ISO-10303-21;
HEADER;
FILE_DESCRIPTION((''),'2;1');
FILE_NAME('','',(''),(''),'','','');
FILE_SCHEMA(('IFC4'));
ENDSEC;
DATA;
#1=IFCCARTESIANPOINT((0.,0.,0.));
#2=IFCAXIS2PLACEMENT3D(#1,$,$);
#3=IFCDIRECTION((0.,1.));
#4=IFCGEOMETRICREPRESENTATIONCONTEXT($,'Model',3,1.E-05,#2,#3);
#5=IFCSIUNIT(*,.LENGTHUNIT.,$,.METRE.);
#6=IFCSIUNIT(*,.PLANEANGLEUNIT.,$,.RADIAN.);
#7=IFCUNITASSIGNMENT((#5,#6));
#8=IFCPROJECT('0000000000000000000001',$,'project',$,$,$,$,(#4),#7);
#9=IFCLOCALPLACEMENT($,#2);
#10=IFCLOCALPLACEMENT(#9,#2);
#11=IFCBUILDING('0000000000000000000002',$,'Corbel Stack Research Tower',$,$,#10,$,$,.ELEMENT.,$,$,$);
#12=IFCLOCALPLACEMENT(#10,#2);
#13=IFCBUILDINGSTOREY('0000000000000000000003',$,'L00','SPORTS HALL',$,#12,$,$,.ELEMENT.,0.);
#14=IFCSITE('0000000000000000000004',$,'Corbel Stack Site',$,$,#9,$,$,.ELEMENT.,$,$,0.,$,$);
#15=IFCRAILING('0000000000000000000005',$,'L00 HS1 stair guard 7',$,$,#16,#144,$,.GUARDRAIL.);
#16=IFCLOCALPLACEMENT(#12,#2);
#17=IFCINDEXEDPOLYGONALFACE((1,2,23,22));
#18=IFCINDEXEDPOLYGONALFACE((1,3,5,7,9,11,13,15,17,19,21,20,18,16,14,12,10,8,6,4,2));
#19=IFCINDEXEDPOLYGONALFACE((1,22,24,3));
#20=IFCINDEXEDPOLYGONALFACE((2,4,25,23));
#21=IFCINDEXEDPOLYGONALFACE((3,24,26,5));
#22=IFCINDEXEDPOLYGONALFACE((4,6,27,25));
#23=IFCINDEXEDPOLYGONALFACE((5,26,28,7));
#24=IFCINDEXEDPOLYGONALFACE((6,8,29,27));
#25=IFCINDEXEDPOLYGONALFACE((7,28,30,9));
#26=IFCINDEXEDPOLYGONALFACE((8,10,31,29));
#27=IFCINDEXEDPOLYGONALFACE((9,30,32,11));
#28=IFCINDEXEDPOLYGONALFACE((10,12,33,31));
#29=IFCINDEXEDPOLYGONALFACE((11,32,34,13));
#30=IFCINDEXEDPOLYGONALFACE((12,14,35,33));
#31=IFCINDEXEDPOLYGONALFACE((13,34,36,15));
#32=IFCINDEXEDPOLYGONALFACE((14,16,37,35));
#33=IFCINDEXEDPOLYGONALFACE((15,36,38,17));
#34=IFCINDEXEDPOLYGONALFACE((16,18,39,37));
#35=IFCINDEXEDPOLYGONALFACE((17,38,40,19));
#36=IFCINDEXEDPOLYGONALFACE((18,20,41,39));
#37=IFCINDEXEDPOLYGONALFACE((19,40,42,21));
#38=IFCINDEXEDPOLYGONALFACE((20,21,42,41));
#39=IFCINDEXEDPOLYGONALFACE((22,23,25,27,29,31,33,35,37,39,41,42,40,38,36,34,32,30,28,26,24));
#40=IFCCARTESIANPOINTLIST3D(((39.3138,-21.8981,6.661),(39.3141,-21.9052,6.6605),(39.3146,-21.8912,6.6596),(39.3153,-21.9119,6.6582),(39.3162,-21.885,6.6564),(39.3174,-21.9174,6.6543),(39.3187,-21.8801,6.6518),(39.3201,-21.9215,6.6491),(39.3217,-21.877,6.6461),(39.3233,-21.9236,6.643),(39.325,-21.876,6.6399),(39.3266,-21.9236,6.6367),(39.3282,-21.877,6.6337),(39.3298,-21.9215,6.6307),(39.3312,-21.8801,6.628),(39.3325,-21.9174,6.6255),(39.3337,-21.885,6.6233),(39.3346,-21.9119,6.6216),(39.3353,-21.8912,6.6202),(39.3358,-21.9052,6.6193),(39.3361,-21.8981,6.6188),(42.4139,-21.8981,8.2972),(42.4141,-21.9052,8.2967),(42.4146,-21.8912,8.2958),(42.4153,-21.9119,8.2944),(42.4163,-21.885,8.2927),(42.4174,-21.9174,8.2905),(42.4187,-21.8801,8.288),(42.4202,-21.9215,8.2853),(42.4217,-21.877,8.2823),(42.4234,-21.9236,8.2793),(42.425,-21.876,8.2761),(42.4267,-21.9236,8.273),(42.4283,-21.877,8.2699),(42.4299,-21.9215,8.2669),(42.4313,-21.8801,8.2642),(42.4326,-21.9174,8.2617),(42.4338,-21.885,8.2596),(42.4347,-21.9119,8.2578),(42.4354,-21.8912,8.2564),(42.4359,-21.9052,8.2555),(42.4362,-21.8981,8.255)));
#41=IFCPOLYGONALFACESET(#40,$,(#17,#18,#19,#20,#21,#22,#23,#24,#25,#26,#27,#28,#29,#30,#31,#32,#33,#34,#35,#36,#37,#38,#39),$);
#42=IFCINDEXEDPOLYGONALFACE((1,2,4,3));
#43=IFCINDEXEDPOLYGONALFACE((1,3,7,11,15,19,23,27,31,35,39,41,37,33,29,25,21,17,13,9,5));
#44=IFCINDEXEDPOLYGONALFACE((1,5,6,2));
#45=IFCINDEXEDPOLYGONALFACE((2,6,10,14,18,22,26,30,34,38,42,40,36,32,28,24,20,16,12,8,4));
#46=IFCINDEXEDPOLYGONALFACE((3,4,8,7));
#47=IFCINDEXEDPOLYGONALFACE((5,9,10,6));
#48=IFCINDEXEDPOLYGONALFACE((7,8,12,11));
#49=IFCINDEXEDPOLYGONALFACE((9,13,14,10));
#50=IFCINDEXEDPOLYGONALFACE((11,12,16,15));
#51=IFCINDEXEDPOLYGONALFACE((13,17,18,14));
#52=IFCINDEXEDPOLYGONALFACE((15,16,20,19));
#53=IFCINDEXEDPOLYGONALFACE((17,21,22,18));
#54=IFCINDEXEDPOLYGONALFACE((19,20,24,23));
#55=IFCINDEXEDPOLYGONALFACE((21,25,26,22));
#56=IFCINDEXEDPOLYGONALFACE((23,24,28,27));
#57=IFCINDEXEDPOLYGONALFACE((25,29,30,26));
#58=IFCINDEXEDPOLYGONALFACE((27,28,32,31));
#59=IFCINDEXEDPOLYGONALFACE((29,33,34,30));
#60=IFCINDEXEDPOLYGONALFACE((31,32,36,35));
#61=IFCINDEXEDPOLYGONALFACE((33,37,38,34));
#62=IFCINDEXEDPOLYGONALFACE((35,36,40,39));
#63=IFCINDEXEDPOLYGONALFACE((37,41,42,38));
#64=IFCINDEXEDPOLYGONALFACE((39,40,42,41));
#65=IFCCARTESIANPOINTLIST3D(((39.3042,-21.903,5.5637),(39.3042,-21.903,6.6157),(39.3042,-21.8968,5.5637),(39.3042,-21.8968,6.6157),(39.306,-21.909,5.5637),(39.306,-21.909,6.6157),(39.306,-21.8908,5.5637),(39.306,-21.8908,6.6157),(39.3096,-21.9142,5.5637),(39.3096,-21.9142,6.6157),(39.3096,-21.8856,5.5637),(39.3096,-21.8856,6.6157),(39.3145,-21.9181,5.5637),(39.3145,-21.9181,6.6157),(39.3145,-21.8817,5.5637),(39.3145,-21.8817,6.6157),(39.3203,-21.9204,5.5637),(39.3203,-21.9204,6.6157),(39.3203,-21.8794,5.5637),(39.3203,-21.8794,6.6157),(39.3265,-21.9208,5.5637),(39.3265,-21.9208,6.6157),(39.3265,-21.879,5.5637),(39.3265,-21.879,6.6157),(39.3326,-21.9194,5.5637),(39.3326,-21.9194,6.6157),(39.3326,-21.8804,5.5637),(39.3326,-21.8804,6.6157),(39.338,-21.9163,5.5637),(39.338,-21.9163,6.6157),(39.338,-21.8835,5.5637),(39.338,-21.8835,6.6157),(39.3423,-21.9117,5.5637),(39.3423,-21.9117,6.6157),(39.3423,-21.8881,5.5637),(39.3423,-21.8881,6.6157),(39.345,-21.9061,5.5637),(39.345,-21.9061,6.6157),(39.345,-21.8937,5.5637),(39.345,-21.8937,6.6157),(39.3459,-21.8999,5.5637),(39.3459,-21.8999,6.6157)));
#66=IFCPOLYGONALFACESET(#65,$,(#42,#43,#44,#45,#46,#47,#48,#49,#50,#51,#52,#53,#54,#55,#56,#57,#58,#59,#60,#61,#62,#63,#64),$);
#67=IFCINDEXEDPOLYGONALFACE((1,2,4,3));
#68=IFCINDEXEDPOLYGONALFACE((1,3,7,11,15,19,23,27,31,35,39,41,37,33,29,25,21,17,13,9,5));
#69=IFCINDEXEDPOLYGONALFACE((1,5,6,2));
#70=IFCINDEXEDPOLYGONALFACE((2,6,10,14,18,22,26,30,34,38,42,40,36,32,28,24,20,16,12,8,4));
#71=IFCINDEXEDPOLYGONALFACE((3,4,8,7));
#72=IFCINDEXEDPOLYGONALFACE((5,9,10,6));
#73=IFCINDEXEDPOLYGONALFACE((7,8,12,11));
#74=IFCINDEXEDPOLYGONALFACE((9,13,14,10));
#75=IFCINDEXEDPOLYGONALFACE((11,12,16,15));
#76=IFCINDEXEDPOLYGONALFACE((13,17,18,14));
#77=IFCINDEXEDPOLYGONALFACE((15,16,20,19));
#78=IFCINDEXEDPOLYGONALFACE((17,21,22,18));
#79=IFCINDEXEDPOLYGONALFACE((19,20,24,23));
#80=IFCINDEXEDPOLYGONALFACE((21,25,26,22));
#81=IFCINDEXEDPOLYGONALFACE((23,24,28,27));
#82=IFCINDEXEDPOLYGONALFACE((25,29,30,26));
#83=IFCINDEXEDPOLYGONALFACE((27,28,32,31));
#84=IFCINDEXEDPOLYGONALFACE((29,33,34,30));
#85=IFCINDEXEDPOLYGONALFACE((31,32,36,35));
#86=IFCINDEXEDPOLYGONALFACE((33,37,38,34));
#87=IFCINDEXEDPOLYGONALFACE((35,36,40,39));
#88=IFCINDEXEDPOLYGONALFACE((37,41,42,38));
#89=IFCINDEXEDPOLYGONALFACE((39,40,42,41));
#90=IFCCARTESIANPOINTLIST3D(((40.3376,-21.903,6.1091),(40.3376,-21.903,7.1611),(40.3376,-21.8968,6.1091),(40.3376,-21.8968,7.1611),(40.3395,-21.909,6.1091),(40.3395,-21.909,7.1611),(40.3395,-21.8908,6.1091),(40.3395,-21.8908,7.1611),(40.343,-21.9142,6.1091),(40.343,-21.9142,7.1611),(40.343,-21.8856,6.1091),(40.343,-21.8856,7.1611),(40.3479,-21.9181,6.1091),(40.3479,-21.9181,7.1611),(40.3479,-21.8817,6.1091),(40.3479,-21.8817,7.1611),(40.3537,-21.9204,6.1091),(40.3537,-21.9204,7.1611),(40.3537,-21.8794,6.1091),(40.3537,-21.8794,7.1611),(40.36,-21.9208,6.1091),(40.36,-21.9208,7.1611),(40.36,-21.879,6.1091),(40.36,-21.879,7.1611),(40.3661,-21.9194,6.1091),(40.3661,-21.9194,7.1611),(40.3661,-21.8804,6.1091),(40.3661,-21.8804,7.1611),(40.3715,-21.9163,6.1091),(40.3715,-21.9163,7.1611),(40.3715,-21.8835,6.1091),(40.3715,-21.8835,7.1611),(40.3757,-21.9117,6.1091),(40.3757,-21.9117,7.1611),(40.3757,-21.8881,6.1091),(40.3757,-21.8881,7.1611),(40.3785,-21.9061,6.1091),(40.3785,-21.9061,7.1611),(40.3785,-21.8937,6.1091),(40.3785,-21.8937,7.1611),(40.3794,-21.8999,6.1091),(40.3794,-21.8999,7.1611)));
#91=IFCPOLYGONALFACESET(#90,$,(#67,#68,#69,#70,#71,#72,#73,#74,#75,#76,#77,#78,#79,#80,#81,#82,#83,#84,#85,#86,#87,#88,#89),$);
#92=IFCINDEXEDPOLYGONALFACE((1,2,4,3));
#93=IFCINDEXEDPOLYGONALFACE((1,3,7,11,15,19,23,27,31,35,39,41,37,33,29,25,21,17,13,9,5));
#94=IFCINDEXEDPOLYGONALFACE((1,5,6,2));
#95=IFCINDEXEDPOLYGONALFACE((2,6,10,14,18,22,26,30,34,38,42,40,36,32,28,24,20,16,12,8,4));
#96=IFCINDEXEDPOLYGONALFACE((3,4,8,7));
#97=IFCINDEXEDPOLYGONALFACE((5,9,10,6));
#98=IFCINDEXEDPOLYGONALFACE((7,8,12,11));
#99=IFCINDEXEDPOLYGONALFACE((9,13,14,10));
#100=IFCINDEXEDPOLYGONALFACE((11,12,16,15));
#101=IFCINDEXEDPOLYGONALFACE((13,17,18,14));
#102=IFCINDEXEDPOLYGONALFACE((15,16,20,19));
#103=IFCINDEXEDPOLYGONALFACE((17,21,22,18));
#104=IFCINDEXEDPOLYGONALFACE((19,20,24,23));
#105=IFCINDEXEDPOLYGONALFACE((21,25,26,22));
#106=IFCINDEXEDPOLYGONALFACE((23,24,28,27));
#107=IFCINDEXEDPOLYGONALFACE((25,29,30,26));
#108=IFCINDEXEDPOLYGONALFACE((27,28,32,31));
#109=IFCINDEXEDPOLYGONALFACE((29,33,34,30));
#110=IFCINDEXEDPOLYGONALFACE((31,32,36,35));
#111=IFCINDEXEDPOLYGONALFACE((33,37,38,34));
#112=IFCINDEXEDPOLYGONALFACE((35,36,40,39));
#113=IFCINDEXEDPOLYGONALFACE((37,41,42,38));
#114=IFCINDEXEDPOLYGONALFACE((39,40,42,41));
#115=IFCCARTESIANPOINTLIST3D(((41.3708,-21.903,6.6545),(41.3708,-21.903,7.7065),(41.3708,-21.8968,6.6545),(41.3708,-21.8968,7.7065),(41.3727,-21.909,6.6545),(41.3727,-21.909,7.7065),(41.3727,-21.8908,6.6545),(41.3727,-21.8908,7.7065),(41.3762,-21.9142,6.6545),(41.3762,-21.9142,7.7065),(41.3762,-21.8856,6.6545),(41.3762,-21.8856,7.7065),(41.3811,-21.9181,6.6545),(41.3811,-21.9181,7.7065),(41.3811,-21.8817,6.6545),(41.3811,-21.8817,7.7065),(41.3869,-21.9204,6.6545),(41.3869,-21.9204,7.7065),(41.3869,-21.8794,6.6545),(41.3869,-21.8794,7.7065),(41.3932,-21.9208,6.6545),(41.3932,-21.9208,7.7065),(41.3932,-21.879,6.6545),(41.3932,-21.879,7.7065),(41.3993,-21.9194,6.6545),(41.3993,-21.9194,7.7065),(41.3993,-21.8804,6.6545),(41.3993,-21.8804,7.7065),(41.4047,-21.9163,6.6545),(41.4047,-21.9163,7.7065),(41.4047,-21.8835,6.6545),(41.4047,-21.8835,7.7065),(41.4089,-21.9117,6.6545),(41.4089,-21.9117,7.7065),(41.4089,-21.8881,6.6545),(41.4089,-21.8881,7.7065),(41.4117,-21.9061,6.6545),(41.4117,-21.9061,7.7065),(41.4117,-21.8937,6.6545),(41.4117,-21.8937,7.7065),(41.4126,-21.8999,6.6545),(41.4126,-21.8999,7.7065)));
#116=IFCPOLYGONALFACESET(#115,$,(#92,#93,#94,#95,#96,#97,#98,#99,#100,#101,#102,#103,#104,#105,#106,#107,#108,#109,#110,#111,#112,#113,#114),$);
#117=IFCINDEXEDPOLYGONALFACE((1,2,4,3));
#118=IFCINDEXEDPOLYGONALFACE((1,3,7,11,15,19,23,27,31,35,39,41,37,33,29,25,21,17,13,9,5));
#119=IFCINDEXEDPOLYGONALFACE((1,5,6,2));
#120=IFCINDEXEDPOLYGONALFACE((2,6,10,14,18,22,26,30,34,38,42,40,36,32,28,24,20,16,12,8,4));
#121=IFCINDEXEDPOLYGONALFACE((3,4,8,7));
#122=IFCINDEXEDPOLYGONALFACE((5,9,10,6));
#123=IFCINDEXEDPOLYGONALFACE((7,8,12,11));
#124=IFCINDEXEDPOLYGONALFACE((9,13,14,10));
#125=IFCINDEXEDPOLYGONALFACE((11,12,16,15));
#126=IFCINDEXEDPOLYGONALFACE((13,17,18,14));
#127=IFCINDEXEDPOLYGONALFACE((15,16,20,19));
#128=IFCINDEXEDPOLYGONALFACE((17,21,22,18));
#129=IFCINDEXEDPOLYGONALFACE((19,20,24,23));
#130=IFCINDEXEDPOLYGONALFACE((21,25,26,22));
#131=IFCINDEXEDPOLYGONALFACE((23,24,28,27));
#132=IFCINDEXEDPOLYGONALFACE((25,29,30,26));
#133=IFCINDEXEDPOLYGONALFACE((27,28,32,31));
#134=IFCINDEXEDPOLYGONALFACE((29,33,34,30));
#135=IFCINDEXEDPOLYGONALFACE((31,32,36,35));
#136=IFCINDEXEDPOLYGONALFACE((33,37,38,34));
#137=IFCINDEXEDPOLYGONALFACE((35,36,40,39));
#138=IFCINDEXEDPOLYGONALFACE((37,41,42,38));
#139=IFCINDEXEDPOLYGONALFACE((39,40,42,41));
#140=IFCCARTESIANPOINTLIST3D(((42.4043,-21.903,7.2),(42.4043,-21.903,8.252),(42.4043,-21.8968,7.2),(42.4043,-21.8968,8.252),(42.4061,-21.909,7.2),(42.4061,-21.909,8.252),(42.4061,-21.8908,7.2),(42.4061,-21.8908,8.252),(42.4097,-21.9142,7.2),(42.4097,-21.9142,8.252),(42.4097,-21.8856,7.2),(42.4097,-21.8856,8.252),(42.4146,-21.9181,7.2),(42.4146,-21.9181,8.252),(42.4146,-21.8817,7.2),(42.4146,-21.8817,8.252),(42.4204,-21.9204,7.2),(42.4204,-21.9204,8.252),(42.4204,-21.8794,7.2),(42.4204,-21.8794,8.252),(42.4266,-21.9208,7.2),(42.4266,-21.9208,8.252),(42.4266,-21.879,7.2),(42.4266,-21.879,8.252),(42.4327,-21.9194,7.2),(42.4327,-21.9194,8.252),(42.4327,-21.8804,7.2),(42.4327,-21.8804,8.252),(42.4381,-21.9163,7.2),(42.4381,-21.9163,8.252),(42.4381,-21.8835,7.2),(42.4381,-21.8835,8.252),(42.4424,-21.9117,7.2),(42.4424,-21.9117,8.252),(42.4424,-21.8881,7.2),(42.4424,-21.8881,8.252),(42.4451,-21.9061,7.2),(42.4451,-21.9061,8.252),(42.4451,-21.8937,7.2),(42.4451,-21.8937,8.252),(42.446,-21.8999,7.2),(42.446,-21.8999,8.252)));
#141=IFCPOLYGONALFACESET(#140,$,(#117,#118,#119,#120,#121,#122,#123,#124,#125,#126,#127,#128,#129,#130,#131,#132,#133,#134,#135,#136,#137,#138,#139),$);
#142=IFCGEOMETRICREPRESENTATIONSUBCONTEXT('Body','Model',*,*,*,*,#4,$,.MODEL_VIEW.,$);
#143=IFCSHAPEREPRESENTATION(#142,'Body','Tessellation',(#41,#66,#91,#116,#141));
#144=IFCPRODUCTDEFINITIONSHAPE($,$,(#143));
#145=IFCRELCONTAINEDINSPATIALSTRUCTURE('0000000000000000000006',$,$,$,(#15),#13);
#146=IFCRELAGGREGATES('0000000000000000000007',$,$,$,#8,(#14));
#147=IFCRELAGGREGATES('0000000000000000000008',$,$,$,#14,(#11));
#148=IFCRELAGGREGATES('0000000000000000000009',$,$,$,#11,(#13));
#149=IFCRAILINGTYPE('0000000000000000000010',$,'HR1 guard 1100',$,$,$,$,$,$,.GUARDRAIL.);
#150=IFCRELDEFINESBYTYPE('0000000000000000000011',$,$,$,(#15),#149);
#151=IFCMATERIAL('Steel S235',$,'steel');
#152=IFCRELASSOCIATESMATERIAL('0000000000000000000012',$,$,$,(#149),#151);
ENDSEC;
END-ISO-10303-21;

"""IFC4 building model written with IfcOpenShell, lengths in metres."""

from ifc_helpers import new_model, si_unit, direction, frame, origin, origin_2d, place, context, subcontext, project, spatial, circle, extrude, material, type_object, element, save


model = new_model("IFC4")

# Units and contexts
model_context = context("Model", 3, precision=1e-05, world=origin(), true_north=direction((0.0, 1.0)))
body_context = subcontext(model_context, "Body", "Model", "MODEL_VIEW")
ifc_project = project(units=[si_unit("LENGTHUNIT", "METRE"), si_unit("PLANEANGLEUNIT", "RADIAN")], contexts=[model_context])

# Site, building, storey
site_placement = place(None, origin())
site = spatial("IfcSite", under=ifc_project, at=site_placement, Name="Corbel Stack Site", CompositionType="ELEMENT", RefElevation=0.0)
building_placement = place(site_placement, origin())
building = spatial("IfcBuilding", under=site, at=building_placement, Name="Corbel Stack Research Tower", CompositionType="ELEMENT")
storey_placement = place(building_placement, origin())
storey = spatial("IfcBuildingStorey", under=building, at=storey_placement, Name="L00", Description="SPORTS HALL", CompositionType="ELEMENT", Elevation=0.0)

# Railing
ifc_material_1 = material(Name="Steel S235", Category="steel")
railing_type_1 = type_object("IfcRailingType", Name="HR1 guard 1100", PredefinedType="GUARDRAIL", material=ifc_material_1)
railing_1_placement = place(storey_placement, frame((39.325, -21.8999, 5.5637)))
element("IfcRailing", 1, at=railing_1_placement, inside=storey, type_object=railing_type_1, Name="L00 HS1 stair guard 7", PredefinedType="GUARDRAIL", context=body_context, shape_type="SweptSolid", body=[
    extrude(circle(Radius=0.0239, at=origin_2d()), frame((0.0, 0.0, 1.0762), z_axis=(0.884377, 0.0, 0.466774), x_axis=(0.0, 1.0, 0.0)), (0.0, 0.0, 1.0), 3.5054),
    extrude(circle(Radius=0.021, at=origin_2d()), origin(), (0.0, 0.0, 1.0), 1.052),
    extrude(circle(Radius=0.021, at=origin_2d()), frame((1.0334, 0.0, 0.5454)), (0.0, 0.0, 1.0), 1.052),
    extrude(circle(Radius=0.021, at=origin_2d()), frame((2.0667, 0.0, 1.0908)), (0.0, 0.0, 1.0), 1.052),
    extrude(circle(Radius=0.021, at=origin_2d()), frame((3.1001, 0.0, 1.6362)), (0.0, 0.0, 1.0), 1.052),
])

save(model, "model.ifc")
